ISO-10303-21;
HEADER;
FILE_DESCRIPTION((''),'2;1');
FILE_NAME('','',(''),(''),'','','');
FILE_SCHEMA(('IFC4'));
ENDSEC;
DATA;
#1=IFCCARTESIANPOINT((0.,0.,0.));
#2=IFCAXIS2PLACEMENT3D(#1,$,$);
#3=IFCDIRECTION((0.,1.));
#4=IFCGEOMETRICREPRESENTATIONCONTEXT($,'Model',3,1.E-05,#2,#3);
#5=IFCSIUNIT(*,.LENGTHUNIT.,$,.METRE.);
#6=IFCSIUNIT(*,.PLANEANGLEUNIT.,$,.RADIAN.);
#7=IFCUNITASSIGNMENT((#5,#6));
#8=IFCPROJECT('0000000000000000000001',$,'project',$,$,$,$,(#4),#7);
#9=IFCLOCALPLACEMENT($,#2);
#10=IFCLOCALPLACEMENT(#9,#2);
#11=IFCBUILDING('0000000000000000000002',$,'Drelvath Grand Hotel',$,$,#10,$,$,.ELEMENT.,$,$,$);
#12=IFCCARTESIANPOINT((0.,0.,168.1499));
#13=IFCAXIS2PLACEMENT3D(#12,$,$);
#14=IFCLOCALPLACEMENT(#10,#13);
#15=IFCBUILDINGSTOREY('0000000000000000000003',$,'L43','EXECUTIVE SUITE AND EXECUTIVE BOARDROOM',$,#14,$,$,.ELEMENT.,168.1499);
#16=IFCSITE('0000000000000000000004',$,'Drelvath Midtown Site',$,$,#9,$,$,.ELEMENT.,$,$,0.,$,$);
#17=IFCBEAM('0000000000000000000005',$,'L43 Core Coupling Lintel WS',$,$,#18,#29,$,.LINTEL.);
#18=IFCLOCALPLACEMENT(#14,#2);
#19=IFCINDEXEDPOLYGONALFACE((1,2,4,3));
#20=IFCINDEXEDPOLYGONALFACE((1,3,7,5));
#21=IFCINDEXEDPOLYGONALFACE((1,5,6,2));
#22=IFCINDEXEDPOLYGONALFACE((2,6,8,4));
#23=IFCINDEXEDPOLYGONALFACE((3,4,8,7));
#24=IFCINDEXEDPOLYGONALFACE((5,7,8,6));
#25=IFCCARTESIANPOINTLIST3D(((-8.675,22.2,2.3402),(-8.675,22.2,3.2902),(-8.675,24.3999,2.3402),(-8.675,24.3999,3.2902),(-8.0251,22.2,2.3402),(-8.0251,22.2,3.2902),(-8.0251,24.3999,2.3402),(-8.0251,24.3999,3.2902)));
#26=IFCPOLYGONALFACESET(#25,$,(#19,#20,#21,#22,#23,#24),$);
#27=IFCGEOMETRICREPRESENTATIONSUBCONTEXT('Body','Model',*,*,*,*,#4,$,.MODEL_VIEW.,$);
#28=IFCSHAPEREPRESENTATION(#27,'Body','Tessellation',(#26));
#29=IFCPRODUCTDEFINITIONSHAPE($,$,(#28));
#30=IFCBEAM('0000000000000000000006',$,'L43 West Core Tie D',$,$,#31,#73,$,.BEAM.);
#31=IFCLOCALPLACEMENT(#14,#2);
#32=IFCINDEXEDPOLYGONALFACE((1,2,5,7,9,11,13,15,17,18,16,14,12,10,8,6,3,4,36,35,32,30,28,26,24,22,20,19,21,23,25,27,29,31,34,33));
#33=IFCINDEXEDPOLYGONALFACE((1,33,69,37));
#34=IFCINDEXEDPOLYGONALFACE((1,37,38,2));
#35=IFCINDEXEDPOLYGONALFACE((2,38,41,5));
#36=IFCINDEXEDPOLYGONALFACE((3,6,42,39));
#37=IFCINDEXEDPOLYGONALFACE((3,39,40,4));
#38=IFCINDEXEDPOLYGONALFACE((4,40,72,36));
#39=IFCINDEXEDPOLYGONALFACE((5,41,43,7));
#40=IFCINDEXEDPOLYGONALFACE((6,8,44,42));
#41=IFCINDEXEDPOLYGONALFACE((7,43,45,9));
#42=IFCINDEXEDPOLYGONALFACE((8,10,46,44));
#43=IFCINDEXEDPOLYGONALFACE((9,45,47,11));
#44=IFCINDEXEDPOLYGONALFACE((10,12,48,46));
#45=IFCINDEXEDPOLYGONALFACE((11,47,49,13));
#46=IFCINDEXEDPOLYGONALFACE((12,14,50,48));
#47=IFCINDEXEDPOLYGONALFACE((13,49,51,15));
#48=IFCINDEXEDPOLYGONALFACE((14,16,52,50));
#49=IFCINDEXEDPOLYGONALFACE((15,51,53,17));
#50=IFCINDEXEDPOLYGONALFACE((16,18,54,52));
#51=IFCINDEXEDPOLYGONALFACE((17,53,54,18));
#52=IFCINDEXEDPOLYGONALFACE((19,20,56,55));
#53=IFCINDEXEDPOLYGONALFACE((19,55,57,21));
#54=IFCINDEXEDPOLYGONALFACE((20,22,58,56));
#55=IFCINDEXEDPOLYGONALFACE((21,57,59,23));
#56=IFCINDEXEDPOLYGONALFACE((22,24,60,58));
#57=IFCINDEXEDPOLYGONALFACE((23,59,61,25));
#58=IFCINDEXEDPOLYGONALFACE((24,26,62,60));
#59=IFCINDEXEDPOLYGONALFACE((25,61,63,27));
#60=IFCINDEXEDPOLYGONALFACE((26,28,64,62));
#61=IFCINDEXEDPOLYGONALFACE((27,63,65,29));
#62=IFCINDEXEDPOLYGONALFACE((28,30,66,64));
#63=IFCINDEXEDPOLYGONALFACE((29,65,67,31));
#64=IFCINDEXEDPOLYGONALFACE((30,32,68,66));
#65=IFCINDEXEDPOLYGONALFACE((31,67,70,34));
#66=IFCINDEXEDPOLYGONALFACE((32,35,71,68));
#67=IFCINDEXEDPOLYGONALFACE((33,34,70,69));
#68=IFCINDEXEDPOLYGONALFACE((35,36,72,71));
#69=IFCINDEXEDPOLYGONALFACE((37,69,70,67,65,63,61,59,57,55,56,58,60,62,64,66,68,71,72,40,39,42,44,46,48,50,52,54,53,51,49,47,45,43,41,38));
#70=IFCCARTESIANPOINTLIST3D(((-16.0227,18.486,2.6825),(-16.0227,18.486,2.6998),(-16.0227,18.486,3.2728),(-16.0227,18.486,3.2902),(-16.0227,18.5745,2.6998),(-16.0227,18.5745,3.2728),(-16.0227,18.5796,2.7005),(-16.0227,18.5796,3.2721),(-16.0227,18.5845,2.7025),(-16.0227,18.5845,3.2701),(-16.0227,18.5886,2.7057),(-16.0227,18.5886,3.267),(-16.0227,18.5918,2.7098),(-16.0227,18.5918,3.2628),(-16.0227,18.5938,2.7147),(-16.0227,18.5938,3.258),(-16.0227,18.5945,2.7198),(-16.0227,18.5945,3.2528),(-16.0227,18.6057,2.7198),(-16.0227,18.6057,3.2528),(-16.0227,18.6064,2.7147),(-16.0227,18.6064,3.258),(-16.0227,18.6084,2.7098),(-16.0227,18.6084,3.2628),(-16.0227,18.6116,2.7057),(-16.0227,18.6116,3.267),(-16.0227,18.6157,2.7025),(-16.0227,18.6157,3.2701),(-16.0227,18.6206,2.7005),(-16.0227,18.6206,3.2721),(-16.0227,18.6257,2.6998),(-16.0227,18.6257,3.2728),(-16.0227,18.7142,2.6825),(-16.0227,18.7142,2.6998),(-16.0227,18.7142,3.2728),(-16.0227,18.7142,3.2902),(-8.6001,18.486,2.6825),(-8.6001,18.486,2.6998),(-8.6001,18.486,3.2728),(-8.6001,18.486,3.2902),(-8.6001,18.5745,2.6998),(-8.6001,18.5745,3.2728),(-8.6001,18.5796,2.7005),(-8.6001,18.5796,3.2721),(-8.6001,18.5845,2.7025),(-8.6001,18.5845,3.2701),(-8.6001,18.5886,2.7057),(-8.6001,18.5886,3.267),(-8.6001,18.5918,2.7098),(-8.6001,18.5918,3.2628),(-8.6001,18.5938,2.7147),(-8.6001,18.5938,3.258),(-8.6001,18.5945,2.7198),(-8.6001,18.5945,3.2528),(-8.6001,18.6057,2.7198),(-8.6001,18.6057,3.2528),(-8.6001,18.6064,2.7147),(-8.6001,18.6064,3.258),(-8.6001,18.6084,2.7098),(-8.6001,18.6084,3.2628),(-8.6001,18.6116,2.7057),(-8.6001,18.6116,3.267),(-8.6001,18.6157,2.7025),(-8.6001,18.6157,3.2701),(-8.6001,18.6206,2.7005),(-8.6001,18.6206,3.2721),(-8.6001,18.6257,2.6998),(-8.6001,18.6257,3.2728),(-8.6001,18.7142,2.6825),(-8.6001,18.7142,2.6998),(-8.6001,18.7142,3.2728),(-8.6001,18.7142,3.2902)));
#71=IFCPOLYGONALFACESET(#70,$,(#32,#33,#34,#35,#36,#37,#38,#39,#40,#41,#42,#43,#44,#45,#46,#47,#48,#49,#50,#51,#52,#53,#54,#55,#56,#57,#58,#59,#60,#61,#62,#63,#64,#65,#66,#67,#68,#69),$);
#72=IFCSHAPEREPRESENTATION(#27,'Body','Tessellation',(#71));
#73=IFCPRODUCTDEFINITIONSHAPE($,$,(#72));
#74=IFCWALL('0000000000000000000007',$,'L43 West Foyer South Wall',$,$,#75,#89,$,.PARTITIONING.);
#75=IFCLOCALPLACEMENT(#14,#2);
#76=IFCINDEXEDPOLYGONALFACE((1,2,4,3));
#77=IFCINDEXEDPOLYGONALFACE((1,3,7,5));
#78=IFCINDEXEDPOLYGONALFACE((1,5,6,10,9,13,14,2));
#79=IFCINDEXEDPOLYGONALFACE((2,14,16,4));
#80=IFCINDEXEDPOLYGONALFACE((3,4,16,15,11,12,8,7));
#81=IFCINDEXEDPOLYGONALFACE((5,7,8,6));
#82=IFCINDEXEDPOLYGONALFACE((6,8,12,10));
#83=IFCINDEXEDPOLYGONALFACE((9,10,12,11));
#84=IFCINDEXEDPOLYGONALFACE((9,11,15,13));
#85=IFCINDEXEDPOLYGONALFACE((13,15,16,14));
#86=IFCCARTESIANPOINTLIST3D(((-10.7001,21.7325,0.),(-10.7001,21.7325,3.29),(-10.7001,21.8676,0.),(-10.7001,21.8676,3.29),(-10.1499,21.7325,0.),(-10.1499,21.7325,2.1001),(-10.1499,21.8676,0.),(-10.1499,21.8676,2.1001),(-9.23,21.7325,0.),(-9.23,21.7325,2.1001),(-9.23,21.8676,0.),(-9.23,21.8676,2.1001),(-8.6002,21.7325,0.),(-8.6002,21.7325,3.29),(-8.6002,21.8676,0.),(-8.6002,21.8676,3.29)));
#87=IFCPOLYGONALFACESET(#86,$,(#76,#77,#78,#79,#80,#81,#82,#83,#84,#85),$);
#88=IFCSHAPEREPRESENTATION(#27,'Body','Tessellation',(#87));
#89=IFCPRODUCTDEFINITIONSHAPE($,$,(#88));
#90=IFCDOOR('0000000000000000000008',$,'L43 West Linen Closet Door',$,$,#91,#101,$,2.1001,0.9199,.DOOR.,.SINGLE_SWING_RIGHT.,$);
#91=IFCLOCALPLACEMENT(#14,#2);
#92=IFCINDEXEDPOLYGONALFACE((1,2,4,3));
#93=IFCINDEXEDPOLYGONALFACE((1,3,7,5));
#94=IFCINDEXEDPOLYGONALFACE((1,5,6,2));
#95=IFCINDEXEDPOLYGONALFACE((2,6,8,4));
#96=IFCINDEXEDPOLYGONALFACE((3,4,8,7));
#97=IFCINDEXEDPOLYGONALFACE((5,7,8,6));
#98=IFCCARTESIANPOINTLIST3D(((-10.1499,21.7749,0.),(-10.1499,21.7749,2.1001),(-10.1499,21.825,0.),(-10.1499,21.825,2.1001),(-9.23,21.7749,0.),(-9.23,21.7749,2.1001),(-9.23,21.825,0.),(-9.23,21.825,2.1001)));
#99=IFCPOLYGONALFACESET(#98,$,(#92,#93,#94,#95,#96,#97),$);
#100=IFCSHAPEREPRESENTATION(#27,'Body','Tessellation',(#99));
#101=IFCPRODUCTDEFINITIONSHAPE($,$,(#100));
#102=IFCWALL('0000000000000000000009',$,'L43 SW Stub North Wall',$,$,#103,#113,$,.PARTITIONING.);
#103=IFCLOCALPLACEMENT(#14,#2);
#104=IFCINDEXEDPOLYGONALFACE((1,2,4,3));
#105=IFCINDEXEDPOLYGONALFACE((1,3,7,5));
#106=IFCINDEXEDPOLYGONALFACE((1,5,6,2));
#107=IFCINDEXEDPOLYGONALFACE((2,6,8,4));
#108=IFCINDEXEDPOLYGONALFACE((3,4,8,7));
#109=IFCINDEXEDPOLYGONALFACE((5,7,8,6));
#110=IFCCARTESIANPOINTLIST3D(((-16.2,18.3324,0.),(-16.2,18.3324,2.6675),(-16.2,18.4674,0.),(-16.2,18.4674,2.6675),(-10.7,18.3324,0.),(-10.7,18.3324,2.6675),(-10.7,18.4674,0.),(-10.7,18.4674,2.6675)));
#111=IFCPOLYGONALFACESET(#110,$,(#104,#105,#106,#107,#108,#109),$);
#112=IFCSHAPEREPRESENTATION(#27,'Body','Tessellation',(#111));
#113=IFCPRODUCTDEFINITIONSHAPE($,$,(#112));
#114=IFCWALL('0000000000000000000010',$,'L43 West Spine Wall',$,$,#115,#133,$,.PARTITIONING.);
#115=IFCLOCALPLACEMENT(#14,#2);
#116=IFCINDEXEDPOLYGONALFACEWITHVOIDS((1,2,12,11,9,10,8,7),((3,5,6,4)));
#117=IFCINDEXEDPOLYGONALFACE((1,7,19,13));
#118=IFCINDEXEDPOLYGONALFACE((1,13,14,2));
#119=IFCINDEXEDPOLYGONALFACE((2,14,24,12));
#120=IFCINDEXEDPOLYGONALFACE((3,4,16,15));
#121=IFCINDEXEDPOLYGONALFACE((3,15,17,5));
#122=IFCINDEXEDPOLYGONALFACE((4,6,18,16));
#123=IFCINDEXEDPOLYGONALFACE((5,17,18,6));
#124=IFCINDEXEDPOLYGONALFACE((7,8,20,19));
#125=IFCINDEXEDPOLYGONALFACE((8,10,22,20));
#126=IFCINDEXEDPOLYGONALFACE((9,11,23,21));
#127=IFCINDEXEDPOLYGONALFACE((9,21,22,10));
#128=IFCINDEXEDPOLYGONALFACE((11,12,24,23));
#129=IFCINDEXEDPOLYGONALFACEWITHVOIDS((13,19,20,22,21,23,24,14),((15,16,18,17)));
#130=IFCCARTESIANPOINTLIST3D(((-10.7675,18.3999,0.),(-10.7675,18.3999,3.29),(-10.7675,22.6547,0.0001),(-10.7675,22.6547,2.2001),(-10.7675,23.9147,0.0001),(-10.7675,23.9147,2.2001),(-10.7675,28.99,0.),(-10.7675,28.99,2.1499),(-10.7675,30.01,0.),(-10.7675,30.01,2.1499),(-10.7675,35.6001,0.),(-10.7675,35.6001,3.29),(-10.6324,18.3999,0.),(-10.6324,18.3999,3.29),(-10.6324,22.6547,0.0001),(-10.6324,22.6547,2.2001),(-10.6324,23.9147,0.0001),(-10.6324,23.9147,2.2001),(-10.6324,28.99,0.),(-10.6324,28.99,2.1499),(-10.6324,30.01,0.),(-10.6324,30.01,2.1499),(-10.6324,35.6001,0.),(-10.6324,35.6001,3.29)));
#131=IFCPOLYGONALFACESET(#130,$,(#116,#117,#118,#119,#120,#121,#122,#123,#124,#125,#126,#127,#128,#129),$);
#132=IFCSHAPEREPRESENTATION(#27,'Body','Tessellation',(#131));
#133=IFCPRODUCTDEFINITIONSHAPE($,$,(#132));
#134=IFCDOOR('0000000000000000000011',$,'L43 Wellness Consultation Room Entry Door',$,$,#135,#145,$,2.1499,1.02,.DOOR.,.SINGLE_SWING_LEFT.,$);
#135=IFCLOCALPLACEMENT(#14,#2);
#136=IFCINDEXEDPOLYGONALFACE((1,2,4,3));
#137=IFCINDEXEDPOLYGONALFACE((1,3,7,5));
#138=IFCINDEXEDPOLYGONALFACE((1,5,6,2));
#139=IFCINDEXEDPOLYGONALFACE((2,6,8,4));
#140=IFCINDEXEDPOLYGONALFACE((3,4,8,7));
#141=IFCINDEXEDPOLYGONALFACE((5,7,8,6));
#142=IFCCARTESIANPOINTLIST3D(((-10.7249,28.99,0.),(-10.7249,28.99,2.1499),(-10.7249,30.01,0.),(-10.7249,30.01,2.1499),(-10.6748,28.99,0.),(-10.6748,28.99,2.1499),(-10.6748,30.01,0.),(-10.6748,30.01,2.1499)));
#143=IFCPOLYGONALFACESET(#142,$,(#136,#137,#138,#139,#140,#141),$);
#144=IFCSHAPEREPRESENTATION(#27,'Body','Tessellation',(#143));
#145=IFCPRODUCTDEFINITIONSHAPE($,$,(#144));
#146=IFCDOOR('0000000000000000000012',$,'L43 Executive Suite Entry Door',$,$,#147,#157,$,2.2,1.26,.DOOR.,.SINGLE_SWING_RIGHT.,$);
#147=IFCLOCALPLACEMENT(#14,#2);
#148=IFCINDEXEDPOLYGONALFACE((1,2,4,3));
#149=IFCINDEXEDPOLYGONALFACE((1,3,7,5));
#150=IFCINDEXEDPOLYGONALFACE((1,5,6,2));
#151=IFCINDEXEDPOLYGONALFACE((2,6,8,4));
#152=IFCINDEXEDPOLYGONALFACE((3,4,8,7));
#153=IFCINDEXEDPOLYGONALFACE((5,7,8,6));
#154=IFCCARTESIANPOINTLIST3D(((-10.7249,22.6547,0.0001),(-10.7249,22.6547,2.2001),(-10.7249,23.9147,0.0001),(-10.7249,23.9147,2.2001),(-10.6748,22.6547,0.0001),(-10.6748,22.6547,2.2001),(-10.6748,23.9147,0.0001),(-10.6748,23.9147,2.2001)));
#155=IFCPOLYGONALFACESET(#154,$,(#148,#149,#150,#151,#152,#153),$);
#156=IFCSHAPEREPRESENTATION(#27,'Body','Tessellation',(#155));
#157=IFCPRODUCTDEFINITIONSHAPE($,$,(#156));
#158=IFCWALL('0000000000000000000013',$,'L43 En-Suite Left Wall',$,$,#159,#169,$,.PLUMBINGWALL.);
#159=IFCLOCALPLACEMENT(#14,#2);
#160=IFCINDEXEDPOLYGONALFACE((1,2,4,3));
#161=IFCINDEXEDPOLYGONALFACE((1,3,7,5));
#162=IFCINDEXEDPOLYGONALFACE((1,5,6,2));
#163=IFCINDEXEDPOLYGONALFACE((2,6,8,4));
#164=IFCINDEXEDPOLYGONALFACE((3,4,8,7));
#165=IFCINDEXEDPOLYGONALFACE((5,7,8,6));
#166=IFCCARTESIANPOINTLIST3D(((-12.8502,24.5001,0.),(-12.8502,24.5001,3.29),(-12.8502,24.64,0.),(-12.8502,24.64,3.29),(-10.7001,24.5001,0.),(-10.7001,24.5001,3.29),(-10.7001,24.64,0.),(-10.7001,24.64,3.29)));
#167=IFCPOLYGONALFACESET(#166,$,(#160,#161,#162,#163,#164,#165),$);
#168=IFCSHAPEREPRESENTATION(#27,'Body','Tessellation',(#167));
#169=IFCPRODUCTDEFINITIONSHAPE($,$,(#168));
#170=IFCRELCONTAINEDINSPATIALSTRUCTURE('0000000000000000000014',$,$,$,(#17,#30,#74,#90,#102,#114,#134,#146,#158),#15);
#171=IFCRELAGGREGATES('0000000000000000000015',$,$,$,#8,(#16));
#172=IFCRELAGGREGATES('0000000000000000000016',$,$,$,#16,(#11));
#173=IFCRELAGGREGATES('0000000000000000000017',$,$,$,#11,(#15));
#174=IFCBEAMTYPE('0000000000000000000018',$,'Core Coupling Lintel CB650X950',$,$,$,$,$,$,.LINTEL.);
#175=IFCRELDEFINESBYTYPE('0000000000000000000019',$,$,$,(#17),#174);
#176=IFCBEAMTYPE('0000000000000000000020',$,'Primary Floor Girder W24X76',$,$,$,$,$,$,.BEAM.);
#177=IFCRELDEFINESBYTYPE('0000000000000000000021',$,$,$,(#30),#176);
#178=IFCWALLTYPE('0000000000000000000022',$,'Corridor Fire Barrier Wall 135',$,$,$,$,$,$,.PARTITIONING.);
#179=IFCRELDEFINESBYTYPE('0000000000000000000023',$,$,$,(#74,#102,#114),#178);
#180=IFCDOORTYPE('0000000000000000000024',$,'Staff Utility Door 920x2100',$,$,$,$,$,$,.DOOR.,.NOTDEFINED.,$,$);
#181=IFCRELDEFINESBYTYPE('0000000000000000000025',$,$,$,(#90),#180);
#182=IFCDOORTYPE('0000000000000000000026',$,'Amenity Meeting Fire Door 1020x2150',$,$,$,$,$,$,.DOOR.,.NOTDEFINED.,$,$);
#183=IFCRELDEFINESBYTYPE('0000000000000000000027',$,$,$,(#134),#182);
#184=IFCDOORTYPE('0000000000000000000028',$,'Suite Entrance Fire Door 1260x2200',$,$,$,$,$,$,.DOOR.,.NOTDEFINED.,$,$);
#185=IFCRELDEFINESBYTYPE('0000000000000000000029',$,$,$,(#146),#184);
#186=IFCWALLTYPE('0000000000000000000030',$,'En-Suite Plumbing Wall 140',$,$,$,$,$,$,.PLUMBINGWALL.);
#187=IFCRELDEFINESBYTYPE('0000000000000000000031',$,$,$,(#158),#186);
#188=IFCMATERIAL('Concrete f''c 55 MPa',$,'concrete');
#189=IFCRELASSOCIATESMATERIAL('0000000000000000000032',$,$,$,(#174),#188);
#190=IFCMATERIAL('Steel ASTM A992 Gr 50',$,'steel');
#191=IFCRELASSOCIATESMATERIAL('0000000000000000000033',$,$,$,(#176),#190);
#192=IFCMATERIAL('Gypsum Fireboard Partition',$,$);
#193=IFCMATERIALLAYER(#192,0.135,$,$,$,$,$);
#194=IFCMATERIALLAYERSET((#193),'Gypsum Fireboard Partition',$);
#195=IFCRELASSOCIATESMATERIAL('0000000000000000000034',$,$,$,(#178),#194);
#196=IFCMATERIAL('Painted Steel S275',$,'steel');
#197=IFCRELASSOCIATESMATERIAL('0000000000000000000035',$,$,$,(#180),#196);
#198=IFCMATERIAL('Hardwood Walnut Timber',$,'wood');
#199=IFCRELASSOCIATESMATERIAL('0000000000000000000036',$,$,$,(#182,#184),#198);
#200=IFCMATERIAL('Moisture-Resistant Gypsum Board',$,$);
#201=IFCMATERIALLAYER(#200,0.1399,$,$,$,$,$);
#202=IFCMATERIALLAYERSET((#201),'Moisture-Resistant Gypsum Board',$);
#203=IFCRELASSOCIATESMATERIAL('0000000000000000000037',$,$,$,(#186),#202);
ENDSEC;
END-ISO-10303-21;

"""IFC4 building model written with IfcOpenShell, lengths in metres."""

from ifc_helpers import new_model, si_unit, direction, frame, frame_2d, origin, origin_2d, place, context, subcontext, project, spatial, rectangle, i_section, extrude, material, layer, layer_set, material_profile, profile_set, type_object, element, fill, save


model = new_model("IFC4")

# Units and contexts
model_context = context("Model", 3, precision=1e-05, world=origin(), true_north=direction((0.0, 1.0)))
body_context = subcontext(model_context, "Body", "Model", "MODEL_VIEW")
ifc_project = project(units=[si_unit("LENGTHUNIT", "METRE"), si_unit("PLANEANGLEUNIT", "RADIAN")], contexts=[model_context])

# Site, building, storey
site_placement = place(None, origin())
site = spatial("IfcSite", under=ifc_project, at=site_placement, Name="Drelvath Midtown Site", CompositionType="ELEMENT", RefElevation=0.0)
building_placement = place(site_placement, origin())
building = spatial("IfcBuilding", under=site, at=building_placement, Name="Drelvath Grand Hotel", CompositionType="ELEMENT")
storey_placement = place(building_placement, frame((0.0, 0.0, 168.1499)))
storey = spatial("IfcBuildingStorey", under=building, at=storey_placement, Name="L43", Description="EXECUTIVE SUITE AND EXECUTIVE BOARDROOM", CompositionType="ELEMENT", Elevation=168.1499)

# Beams
ifc_material_1 = material(Name="Concrete f'c 55 MPa", Category="concrete")
ifc_material_profile_1 = material_profile(ifc_material_1, rectangle(XDim=0.6499, YDim=0.95, at=origin_2d()), Name="CB650X950")
ifc_profile_set_1 = profile_set([ifc_material_profile_1], Name="Concrete f'c 55 MPa")
beam_type_1 = type_object("IfcBeamType", Name="Core Coupling Lintel CB650X950", PredefinedType="LINTEL", material=ifc_profile_set_1)
beam_1_placement = place(storey_placement, frame((-8.3501, 22.2, 2.8152), z_axis=(0.0, 1.0, 0.0), x_axis=(-1.0, 0.0, 0.0)))
element("IfcBeam", 1, at=beam_1_placement, inside=storey, type_object=beam_type_1, Name="L43 Core Coupling Lintel WS", PredefinedType="LINTEL", context=body_context, shape_type="SweptSolid", body=[
    extrude(rectangle(XDim=0.6499, YDim=0.95, at=origin_2d()), origin(), (0.0, 0.0, 1.0), 2.2),
])
ifc_material_2 = material(Name="Steel ASTM A992 Gr 50", Category="steel")
ifc_material_profile_2 = material_profile(ifc_material_2, i_section(OverallWidth=0.2283, OverallDepth=0.6077, WebThickness=0.0112, FlangeThickness=0.0173, FilletRadius=0.02, at=origin_2d()), Name="W24X76")
ifc_profile_set_2 = profile_set([ifc_material_profile_2], Name="Steel ASTM A992 Gr 50")
beam_type_2 = type_object("IfcBeamType", Name="Primary Floor Girder W24X76", PredefinedType="BEAM", material=ifc_profile_set_2)
beam_2_placement = place(storey_placement, frame((-16.0227, 18.6001, 2.9863), z_axis=(1.0, 0.0, 0.0), x_axis=(0.0, 1.0, 0.0)))
element("IfcBeam", 2, at=beam_2_placement, inside=storey, type_object=beam_type_2, Name="L43 West Core Tie D", PredefinedType="BEAM", context=body_context, shape_type="SweptSolid", body=[
    extrude(i_section(OverallWidth=0.2283, OverallDepth=0.6077, WebThickness=0.0112, FlangeThickness=0.0173, FilletRadius=0.02, at=origin_2d()), origin(), (0.0, 0.0, 1.0), 7.4226),
])

# Wall, opening, door
ifc_material_3 = material(Name="Gypsum Fireboard Partition")
ifc_layer_1 = layer(ifc_material_3, 0.135)
ifc_layer_set_1 = layer_set([ifc_layer_1], Name="Gypsum Fireboard Partition")
wall_type_1 = type_object("IfcWallType", Name="Corridor Fire Barrier Wall 135", PredefinedType="PARTITIONING", material=ifc_layer_set_1)
wall_1_placement = place(storey_placement, frame((-10.7, 21.8, 0.0), z_axis=(0.0, 0.0, 1.0), x_axis=(1.0, 0.0, 0.0)))
wall_1 = element("IfcWall", 3, at=wall_1_placement, inside=storey, type_object=wall_type_1, Name="L43 West Foyer South Wall", PredefinedType="PARTITIONING", context=body_context, shape_type="SweptSolid", body=[
    extrude(rectangle(XDim=2.0999, YDim=0.135, at=frame_2d((1.0498, 0.0))), origin(), (0.0, 0.0, 1.0), 3.29),
])
opening_1_placement = place(wall_1_placement, frame((0.55, 0.0, 0.0)))
opening_1 = element("IfcOpeningElement", 4, at=opening_1_placement, cuts=wall_1, PredefinedType="OPENING", context=body_context, shape_type="SweptSolid", body=[
    extrude(rectangle(XDim=0.9199, YDim=2.1001, at=frame_2d((0.46, 1.05))), frame((0.0, 0.0774, 0.0), z_axis=(0.0, -1.0, 0.0), x_axis=(1.0, 0.0, 0.0)), (0.0, 0.0, 1.0), 0.155),
])
ifc_material_4 = material(Name="Painted Steel S275", Category="steel")
door_type_1 = type_object("IfcDoorType", Name="Staff Utility Door 920x2100", OperationType="NOTDEFINED", PredefinedType="DOOR", material=ifc_material_4)
door_1_placement = place(opening_1_placement, origin())
door_1 = element("IfcDoor", 5, at=door_1_placement, inside=storey, type_object=door_type_1, Name="L43 West Linen Closet Door", OperationType="SINGLE_SWING_RIGHT", OverallHeight=2.1001, OverallWidth=0.9199, PredefinedType="DOOR", context=body_context, shape_type="SweptSolid", body=[
    extrude(rectangle(XDim=0.9199, YDim=2.1001, at=frame_2d((0.46, 1.05))), frame((0.0, 0.0249, 0.0), z_axis=(0.0, -1.0, 0.0), x_axis=(1.0, 0.0, 0.0)), (0.0, 0.0, 1.0), 0.05),
])
fill(opening_1, door_1)

# Wall
wall_2_placement = place(storey_placement, frame((-16.2, 18.3999, 0.0), z_axis=(0.0, 0.0, 1.0), x_axis=(1.0, 0.0, 0.0)))
element("IfcWall", 6, at=wall_2_placement, inside=storey, type_object=wall_type_1, Name="L43 SW Stub North Wall", PredefinedType="PARTITIONING", context=body_context, shape_type="SweptSolid", body=[
    extrude(rectangle(XDim=5.5, YDim=0.135, at=frame_2d((2.75, 0.0))), origin(), (0.0, 0.0, 1.0), 2.6675),
])

# Wall, openings, doors
wall_3_placement = place(storey_placement, frame((-10.7, 18.3999, 0.0), z_axis=(0.0, 0.0, 1.0), x_axis=(0.0, 1.0, 0.0)))
wall_3 = element("IfcWall", 7, at=wall_3_placement, inside=storey, type_object=wall_type_1, Name="L43 West Spine Wall", PredefinedType="PARTITIONING", context=body_context, shape_type="SweptSolid", body=[
    extrude(rectangle(XDim=17.2002, YDim=0.135, at=frame_2d((8.6001, 0.0))), origin(), (0.0, 0.0, 1.0), 3.29),
])
opening_2_placement = place(wall_3_placement, frame((4.2549, 0.0, 0.0)))
opening_2 = element("IfcOpeningElement", 8, at=opening_2_placement, cuts=wall_3, PredefinedType="OPENING", context=body_context, shape_type="SweptSolid", body=[
    extrude(rectangle(XDim=1.26, YDim=2.2, at=frame_2d((0.6299, 1.1001))), frame((0.0, 0.0774, 0.0), z_axis=(0.0, -1.0, 0.0), x_axis=(1.0, 0.0, 0.0)), (0.0, 0.0, 1.0), 0.155),
])
opening_3_placement = place(wall_3_placement, frame((10.5901, 0.0, 0.0)))
opening_3 = element("IfcOpeningElement", 9, at=opening_3_placement, cuts=wall_3, PredefinedType="OPENING", context=body_context, shape_type="SweptSolid", body=[
    extrude(rectangle(XDim=1.02, YDim=2.1499, at=frame_2d((0.51, 1.075))), frame((0.0, 0.0774, 0.0), z_axis=(0.0, -1.0, 0.0), x_axis=(1.0, 0.0, 0.0)), (0.0, 0.0, 1.0), 0.155),
])
ifc_material_5 = material(Name="Hardwood Walnut Timber", Category="wood")
door_type_2 = type_object("IfcDoorType", Name="Amenity Meeting Fire Door 1020x2150", OperationType="NOTDEFINED", PredefinedType="DOOR", material=ifc_material_5)
door_2_placement = place(opening_3_placement, origin())
door_2 = element("IfcDoor", 10, at=door_2_placement, inside=storey, type_object=door_type_2, Name="L43 Wellness Consultation Room Entry Door", OperationType="SINGLE_SWING_LEFT", OverallHeight=2.1499, OverallWidth=1.02, PredefinedType="DOOR", context=body_context, shape_type="SweptSolid", body=[
    extrude(rectangle(XDim=1.02, YDim=2.1499, at=frame_2d((0.51, 1.075))), frame((0.0, 0.0249, 0.0), z_axis=(0.0, -1.0, 0.0), x_axis=(1.0, 0.0, 0.0)), (0.0, 0.0, 1.0), 0.05),
])
fill(opening_3, door_2)
door_type_3 = type_object("IfcDoorType", Name="Suite Entrance Fire Door 1260x2200", OperationType="NOTDEFINED", PredefinedType="DOOR", material=ifc_material_5)
door_3_placement = place(opening_2_placement, origin())
door_3 = element("IfcDoor", 11, at=door_3_placement, inside=storey, type_object=door_type_3, Name="L43 Executive Suite Entry Door", OperationType="SINGLE_SWING_RIGHT", OverallHeight=2.2, OverallWidth=1.26, PredefinedType="DOOR", context=body_context, shape_type="SweptSolid", body=[
    extrude(rectangle(XDim=1.26, YDim=2.2, at=frame_2d((0.6299, 1.1001))), frame((0.0, 0.0249, 0.0), z_axis=(0.0, -1.0, 0.0), x_axis=(1.0, 0.0, 0.0)), (0.0, 0.0, 1.0), 0.05),
])
fill(opening_2, door_3)

# Wall
ifc_material_6 = material(Name="Moisture-Resistant Gypsum Board")
ifc_layer_2 = layer(ifc_material_6, 0.1399)
ifc_layer_set_2 = layer_set([ifc_layer_2], Name="Moisture-Resistant Gypsum Board")
wall_type_2 = type_object("IfcWallType", Name="En-Suite Plumbing Wall 140", PredefinedType="PLUMBINGWALL", material=ifc_layer_set_2)
wall_4_placement = place(storey_placement, frame((-10.7, 24.5701, 0.0), z_axis=(0.0, 0.0, 1.0), x_axis=(-1.0, 0.0, 0.0)))
element("IfcWall", 12, at=wall_4_placement, inside=storey, type_object=wall_type_2, Name="L43 En-Suite Left Wall", PredefinedType="PLUMBINGWALL", context=body_context, shape_type="SweptSolid", body=[
    extrude(rectangle(XDim=2.1501, YDim=0.1399, at=frame_2d((1.0752, 0.0))), origin(), (0.0, 0.0, 1.0), 3.29),
])

save(model, "model.ifc")
